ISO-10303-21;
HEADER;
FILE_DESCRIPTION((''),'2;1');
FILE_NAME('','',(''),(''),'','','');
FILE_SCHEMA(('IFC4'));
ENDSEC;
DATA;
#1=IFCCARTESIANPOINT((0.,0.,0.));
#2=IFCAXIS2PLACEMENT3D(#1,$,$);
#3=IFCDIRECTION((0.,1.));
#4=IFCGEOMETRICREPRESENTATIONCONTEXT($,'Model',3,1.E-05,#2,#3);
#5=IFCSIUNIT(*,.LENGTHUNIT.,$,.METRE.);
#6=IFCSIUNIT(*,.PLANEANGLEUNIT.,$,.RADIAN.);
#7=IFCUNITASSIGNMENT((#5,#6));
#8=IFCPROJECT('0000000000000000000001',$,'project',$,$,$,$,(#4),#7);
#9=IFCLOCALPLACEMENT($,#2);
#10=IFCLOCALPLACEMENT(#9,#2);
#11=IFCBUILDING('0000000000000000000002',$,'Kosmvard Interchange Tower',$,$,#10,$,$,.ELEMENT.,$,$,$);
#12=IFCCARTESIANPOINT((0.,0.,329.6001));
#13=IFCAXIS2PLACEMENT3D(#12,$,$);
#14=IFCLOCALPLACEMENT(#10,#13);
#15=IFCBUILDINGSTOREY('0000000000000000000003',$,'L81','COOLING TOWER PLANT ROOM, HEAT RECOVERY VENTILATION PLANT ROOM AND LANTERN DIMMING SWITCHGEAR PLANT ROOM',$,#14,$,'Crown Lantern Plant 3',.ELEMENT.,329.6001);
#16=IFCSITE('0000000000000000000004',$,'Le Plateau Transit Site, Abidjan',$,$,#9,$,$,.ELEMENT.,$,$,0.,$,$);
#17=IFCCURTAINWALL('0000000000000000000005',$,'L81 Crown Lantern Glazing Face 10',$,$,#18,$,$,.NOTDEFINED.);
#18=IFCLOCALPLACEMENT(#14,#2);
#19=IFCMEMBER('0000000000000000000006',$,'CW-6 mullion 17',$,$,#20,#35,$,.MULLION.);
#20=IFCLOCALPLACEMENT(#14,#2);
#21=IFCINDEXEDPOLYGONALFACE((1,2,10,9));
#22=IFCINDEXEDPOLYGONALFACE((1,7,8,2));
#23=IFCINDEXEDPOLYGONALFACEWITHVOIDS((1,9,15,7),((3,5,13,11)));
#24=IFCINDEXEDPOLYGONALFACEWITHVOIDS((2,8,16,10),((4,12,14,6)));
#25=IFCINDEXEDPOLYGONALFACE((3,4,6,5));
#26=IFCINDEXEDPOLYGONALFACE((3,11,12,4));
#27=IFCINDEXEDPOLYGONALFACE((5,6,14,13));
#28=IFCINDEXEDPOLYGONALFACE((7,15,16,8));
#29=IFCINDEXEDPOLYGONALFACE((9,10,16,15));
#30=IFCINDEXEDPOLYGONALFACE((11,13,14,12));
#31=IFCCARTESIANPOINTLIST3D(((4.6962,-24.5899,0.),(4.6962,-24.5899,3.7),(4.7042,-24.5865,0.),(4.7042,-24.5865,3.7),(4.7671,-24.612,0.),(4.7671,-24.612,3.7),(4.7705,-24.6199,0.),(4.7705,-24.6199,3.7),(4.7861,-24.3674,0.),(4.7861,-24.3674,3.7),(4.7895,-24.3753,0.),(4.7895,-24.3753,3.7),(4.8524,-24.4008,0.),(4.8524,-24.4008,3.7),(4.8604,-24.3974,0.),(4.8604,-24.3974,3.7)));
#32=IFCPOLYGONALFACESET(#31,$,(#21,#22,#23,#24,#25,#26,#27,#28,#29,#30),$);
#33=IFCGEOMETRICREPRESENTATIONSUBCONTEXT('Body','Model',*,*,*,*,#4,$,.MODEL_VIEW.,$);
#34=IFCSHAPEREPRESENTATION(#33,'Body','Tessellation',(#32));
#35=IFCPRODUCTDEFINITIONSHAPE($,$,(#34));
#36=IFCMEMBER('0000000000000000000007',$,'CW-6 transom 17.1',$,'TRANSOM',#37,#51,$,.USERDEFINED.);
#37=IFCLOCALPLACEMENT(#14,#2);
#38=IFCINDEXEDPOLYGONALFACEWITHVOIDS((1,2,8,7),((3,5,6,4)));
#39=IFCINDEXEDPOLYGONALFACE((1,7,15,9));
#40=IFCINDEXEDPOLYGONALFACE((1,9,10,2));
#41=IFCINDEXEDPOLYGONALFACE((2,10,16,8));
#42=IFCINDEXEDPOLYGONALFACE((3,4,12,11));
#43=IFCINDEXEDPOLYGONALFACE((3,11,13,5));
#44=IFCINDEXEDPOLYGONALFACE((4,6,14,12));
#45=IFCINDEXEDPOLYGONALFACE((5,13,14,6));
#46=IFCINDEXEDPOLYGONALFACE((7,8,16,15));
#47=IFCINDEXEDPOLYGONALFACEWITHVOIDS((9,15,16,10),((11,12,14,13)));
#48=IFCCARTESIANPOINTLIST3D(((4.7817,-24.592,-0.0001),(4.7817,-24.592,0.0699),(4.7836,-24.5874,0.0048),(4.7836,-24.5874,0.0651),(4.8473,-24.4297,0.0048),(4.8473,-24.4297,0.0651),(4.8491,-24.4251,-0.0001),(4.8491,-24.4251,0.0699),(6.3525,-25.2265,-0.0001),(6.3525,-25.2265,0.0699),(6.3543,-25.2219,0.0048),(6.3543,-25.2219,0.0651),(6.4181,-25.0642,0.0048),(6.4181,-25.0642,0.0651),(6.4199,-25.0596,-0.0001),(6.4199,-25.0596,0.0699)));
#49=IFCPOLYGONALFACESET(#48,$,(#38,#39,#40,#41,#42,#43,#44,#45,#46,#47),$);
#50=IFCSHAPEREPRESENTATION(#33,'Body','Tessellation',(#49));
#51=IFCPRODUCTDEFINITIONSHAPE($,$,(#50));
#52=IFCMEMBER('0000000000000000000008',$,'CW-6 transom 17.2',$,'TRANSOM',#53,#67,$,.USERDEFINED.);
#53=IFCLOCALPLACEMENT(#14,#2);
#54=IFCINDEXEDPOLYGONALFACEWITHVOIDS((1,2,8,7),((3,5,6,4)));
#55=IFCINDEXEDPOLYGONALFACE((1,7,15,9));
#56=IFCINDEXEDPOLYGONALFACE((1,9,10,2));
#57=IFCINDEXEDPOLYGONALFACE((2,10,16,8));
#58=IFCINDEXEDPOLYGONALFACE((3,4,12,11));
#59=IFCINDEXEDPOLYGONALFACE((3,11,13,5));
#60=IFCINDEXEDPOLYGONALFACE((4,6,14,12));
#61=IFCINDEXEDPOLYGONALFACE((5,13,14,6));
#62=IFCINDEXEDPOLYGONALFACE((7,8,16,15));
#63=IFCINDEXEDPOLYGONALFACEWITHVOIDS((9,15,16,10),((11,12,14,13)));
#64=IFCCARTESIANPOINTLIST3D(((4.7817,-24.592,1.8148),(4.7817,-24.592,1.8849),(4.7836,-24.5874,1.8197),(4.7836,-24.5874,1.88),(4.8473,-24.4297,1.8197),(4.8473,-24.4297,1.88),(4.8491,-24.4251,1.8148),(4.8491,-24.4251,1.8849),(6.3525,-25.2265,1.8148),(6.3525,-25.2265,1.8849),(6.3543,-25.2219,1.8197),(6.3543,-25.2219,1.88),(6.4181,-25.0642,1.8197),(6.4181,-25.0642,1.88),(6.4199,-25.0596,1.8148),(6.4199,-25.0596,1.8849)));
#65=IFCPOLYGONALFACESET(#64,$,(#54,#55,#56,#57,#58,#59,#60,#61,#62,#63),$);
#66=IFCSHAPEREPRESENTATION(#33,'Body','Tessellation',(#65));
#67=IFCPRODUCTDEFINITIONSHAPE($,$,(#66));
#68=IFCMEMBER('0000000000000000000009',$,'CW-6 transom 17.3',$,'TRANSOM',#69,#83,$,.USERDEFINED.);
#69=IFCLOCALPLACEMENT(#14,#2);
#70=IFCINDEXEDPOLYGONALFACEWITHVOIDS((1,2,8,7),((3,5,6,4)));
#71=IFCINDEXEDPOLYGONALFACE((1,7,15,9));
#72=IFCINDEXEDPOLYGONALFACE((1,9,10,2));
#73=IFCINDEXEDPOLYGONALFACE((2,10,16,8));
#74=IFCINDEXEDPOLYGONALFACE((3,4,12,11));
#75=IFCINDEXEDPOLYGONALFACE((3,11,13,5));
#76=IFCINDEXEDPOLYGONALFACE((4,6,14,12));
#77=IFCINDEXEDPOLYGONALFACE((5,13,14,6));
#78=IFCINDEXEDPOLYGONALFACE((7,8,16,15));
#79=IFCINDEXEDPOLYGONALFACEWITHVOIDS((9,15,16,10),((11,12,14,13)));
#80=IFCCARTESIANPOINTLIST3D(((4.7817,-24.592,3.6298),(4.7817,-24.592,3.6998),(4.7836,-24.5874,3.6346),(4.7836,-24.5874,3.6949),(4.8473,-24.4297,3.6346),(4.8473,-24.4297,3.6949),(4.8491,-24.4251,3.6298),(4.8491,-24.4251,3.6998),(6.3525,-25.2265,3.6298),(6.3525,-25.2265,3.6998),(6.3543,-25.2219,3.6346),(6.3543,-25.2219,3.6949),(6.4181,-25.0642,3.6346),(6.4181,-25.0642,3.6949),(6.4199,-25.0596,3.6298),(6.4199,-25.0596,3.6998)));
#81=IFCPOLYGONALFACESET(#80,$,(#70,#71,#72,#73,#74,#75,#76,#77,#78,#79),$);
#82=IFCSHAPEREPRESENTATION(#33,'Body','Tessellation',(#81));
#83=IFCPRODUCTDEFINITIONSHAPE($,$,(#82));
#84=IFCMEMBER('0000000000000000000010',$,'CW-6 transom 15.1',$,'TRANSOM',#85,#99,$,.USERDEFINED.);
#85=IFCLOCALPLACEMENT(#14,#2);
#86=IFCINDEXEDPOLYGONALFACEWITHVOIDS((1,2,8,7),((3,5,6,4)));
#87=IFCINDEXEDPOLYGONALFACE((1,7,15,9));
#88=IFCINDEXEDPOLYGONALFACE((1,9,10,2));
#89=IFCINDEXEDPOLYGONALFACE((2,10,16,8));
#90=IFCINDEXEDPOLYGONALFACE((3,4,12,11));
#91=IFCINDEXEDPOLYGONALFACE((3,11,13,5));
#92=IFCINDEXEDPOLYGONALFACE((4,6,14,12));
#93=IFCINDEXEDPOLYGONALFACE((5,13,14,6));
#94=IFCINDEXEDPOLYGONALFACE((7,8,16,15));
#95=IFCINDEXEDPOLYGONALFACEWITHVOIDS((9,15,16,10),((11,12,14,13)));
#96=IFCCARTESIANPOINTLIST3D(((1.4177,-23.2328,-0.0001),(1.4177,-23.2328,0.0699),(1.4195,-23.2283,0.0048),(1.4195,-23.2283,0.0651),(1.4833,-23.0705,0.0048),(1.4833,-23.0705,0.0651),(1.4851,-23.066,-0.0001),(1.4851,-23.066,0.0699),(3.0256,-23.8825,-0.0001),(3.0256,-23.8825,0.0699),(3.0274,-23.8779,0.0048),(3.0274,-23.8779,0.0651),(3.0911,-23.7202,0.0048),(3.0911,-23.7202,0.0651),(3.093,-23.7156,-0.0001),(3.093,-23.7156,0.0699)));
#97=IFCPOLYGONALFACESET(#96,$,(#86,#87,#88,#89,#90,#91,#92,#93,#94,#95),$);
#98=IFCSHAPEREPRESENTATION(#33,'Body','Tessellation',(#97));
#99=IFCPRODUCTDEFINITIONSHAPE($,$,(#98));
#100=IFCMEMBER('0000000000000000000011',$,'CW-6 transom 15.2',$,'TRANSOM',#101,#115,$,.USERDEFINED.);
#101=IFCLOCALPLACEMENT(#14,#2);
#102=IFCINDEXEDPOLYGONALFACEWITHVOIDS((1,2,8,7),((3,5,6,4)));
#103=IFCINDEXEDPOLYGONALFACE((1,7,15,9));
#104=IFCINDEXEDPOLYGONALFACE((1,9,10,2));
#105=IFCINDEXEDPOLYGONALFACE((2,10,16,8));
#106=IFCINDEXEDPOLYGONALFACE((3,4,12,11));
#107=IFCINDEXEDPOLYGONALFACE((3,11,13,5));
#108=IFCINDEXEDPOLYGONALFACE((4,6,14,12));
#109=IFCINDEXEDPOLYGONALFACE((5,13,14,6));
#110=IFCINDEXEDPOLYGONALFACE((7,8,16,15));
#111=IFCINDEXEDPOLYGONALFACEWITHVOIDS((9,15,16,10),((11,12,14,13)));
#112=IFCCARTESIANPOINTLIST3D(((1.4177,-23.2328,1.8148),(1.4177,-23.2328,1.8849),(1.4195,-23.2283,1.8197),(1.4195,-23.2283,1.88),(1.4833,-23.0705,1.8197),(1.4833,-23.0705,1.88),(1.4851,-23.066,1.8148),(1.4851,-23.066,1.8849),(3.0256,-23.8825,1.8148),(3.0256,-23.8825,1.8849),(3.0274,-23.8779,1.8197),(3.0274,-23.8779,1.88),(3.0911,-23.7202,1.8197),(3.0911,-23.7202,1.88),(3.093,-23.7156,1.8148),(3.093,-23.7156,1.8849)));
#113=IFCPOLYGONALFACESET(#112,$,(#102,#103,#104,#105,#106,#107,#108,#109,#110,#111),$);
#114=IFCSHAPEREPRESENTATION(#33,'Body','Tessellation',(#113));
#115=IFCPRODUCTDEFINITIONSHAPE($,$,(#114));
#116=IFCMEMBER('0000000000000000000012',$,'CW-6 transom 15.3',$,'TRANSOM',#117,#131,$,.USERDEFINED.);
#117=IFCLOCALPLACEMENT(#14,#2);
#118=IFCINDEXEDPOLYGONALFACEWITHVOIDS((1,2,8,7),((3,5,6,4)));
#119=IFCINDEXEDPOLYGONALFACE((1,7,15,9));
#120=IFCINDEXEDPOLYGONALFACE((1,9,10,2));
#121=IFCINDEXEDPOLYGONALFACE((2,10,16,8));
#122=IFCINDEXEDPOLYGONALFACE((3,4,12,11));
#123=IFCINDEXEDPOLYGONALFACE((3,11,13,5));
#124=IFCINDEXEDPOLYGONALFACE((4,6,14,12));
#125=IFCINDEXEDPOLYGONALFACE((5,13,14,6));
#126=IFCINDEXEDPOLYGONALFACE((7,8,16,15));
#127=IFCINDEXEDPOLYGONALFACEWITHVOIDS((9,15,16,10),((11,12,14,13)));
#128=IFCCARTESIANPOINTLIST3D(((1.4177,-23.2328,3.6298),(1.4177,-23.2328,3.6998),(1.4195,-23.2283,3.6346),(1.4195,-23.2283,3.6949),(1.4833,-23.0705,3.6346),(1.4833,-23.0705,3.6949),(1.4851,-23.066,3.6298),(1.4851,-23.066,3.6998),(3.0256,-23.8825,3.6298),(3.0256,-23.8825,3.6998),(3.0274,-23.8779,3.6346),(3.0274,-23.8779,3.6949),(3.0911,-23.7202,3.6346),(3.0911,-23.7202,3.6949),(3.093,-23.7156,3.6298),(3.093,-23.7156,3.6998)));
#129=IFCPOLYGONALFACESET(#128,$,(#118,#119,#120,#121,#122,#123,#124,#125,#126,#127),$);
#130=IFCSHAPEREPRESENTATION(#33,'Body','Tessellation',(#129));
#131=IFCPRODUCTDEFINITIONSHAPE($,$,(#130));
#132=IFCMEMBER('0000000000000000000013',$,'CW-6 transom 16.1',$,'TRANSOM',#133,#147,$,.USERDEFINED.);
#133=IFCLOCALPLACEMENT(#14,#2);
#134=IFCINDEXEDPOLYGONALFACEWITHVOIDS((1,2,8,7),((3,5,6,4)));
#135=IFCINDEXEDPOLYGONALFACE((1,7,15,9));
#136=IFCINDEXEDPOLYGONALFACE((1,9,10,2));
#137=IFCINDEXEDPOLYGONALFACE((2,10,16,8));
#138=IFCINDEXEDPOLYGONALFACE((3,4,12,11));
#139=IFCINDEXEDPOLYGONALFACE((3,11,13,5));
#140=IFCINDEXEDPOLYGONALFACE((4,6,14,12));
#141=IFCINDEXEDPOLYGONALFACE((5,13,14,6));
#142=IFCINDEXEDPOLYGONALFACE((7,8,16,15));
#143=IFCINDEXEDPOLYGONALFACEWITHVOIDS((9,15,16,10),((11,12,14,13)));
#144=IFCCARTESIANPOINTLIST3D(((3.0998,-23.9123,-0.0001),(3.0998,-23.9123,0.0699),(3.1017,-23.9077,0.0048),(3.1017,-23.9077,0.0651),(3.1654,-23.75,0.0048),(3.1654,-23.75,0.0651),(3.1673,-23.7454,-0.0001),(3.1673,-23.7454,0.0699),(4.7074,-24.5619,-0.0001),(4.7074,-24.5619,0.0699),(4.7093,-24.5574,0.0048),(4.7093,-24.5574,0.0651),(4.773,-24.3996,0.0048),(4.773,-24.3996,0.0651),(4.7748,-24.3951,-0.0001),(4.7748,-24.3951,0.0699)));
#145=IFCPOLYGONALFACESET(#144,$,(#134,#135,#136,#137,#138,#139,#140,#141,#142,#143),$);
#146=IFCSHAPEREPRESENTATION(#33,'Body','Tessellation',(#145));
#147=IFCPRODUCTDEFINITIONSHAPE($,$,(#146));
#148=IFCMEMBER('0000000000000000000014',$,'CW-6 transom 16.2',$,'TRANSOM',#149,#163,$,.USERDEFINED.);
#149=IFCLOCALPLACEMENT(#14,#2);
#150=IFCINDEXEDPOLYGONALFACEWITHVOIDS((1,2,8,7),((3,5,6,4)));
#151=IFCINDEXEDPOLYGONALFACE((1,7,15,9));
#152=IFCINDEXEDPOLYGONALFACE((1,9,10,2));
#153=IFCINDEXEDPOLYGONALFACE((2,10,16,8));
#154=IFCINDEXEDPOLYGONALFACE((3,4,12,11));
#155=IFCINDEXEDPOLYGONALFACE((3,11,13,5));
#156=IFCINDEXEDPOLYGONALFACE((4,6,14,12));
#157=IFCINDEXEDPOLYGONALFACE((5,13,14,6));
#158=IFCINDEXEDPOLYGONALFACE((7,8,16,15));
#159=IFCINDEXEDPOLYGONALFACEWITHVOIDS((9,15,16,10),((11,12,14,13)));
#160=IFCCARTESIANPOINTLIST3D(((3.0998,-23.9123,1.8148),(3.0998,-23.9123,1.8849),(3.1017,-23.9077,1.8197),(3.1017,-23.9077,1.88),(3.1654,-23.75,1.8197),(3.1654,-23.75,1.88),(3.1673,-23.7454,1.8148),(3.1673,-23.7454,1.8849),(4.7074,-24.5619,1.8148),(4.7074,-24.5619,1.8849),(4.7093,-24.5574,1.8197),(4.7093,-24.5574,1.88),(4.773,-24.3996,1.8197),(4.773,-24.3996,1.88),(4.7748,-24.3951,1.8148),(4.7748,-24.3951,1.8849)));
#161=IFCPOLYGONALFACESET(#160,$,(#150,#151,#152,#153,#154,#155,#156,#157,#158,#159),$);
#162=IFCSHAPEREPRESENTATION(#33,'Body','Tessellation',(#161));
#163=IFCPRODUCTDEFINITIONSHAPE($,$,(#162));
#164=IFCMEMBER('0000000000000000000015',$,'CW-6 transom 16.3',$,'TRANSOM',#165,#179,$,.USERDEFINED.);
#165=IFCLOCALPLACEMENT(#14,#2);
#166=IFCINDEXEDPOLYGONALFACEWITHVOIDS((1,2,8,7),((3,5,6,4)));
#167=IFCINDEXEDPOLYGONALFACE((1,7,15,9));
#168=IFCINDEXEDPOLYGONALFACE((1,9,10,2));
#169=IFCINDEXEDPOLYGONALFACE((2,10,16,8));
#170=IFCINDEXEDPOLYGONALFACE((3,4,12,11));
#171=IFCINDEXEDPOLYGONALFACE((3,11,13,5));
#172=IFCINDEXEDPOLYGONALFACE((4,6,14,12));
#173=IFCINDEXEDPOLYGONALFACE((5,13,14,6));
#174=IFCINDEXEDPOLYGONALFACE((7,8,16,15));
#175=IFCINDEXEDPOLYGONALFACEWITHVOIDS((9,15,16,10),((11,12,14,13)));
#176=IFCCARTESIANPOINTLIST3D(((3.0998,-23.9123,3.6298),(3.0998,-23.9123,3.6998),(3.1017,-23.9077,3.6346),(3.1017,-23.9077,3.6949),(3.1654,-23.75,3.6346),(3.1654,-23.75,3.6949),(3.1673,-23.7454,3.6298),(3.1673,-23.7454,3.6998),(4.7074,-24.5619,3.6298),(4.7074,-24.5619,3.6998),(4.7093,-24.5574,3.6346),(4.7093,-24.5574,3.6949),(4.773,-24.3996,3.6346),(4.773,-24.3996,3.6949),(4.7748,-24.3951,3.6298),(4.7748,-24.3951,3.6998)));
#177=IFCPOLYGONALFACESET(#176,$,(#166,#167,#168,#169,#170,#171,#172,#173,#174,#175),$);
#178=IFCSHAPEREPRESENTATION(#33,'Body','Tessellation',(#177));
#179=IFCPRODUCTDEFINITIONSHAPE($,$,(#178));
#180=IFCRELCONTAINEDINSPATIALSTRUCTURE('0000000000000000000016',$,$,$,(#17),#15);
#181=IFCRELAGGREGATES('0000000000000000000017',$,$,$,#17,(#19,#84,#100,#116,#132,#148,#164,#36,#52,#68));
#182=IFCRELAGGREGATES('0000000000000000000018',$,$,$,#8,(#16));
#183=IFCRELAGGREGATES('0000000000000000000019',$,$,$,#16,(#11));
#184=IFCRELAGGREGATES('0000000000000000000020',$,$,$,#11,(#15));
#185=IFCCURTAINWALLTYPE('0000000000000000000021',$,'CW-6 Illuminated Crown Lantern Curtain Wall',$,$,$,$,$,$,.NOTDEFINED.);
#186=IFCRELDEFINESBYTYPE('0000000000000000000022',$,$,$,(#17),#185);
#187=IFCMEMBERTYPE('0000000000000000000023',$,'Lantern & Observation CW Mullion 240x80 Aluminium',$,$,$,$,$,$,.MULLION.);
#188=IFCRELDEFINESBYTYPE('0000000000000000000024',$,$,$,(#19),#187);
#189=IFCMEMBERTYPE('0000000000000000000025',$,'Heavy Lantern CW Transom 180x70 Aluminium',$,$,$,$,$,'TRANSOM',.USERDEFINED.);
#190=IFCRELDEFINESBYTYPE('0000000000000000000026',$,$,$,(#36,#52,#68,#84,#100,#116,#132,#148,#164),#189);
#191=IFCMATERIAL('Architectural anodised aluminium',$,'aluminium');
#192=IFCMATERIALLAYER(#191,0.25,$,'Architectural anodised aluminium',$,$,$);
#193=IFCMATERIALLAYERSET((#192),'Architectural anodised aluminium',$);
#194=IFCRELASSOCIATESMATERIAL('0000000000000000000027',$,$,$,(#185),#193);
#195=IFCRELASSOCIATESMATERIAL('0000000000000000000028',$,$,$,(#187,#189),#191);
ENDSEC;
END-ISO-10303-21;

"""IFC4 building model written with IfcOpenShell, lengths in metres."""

from ifc_helpers import new_model, si_unit, direction, frame, origin, origin_2d, place, context, subcontext, project, spatial, hollow_rectangle, extrude, source, transform, mapped, material, layer, layer_set, material_profile, profile_set, type_object, element, aggregate, save


model = new_model("IFC4")

# Units and contexts
model_context = context("Model", 3, precision=1e-05, world=origin(), true_north=direction((0.0, 1.0)))
body_context = subcontext(model_context, "Body", "Model", "MODEL_VIEW")
ifc_project = project(units=[si_unit("LENGTHUNIT", "METRE"), si_unit("PLANEANGLEUNIT", "RADIAN")], contexts=[model_context])

# Site, building, storey
site_placement = place(None, origin())
site = spatial("IfcSite", under=ifc_project, at=site_placement, Name="Le Plateau Transit Site, Abidjan", CompositionType="ELEMENT", RefElevation=0.0)
building_placement = place(site_placement, origin())
building = spatial("IfcBuilding", under=site, at=building_placement, Name="Kosmvard Interchange Tower", CompositionType="ELEMENT")
storey_placement = place(building_placement, frame((0.0, 0.0, 329.6001)))
storey = spatial("IfcBuildingStorey", under=building, at=storey_placement, Name="L81", Description="COOLING TOWER PLANT ROOM, HEAT RECOVERY VENTILATION PLANT ROOM AND LANTERN DIMMING SWITCHGEAR PLANT ROOM", LongName="Crown Lantern Plant 3", CompositionType="ELEMENT", Elevation=329.6001)

# Curtain wall, members
ifc_material_1 = material(Name="Architectural anodised aluminium", Category="aluminium")
ifc_layer_1 = layer(ifc_material_1, 0.25, Name="Architectural anodised aluminium")
ifc_layer_set_1 = layer_set([ifc_layer_1], Name="Architectural anodised aluminium")
curtain_wall_type = type_object("IfcCurtainWallType", Name="CW-6 Illuminated Crown Lantern Curtain Wall", PredefinedType="NOTDEFINED", material=ifc_layer_set_1)
curtain_wall_placement = place(storey_placement, origin())
curtain_wall = element("IfcCurtainWall", 1, at=curtain_wall_placement, inside=storey, type_object=curtain_wall_type, Name="L81 Crown Lantern Glazing Face 10", PredefinedType="NOTDEFINED")
ifc_material_profile_1 = material_profile(ifc_material_1, hollow_rectangle(XDim=0.24, YDim=0.0801, WallThickness=0.0061, at=origin_2d()), Name="CWM 240x80x6")
ifc_profile_set_1 = profile_set([ifc_material_profile_1], Name="Architectural anodised aluminium")
member_type_1 = type_object("IfcMemberType", Name="Lantern & Observation CW Mullion 240x80 Aluminium", PredefinedType="MULLION", material=ifc_profile_set_1)
shared_shape_1 = source(origin(), body_context, "Body", "SweptSolid", [
    extrude(hollow_rectangle(XDim=0.24, YDim=0.0801, WallThickness=0.0061, at=origin_2d()), origin(), (0.0, 0.0, 1.0), 3.7),
])
member_1_placement = place(storey_placement, frame((4.7783, -24.4937, 0.0), z_axis=(0.0, 0.0, 1.0), x_axis=(0.374607, 0.927184, 0.0)))
member_1 = element("IfcMember", 2, at=member_1_placement, type_object=member_type_1, Name="CW-6 mullion 17", PredefinedType="MULLION", context=body_context, shape_type="MappedRepresentation", body=[
    mapped(shared_shape_1, transform((0.0, 0.0, 0.0), scale=1.0)),
])
ifc_material_profile_2 = material_profile(ifc_material_1, hollow_rectangle(XDim=0.1799, YDim=0.0701, WallThickness=0.0049, at=origin_2d()), Name="CWT 180x70x5")
ifc_profile_set_2 = profile_set([ifc_material_profile_2], Name="Architectural anodised aluminium")
member_type_2 = type_object("IfcMemberType", Name="Heavy Lantern CW Transom 180x70 Aluminium", ElementType="TRANSOM", PredefinedType="USERDEFINED", material=ifc_profile_set_2)
shared_shape_2 = source(origin(), body_context, "Body", "SweptSolid", [
    extrude(hollow_rectangle(XDim=0.1799, YDim=0.0701, WallThickness=0.0049, at=origin_2d()), origin(), (0.0, 0.0, 1.0), 1.6941),
])
member_2_placement = place(storey_placement, frame((4.8154, -24.5085, 0.0349), z_axis=(0.927209, -0.374544, 0.0), x_axis=(0.374544, 0.927209, 0.0)))
member_2 = element("IfcMember", 3, at=member_2_placement, type_object=member_type_2, Name="CW-6 transom 17.1", ObjectType="TRANSOM", PredefinedType="USERDEFINED", context=body_context, shape_type="MappedRepresentation", body=[
    mapped(shared_shape_2, transform((0.0, 0.0, 0.0), scale=1.0)),
])
member_3_placement = place(storey_placement, frame((4.8154, -24.5085, 1.8499), z_axis=(0.927209, -0.374544, 0.0), x_axis=(0.374544, 0.927209, 0.0)))
member_3 = element("IfcMember", 4, at=member_3_placement, type_object=member_type_2, Name="CW-6 transom 17.2", ObjectType="TRANSOM", PredefinedType="USERDEFINED", context=body_context, shape_type="MappedRepresentation", body=[
    mapped(shared_shape_2, transform((0.0, 0.0, 0.0), scale=1.0)),
])
member_4_placement = place(storey_placement, frame((4.8154, -24.5085, 3.6648), z_axis=(0.927209, -0.374544, 0.0), x_axis=(0.374544, 0.927209, 0.0)))
member_4 = element("IfcMember", 5, at=member_4_placement, type_object=member_type_2, Name="CW-6 transom 17.3", ObjectType="TRANSOM", PredefinedType="USERDEFINED", context=body_context, shape_type="MappedRepresentation", body=[
    mapped(shared_shape_2, transform((0.0, 0.0, 0.0), scale=1.0)),
])
shared_shape_3 = source(origin(), body_context, "Body", "SweptSolid", [
    extrude(hollow_rectangle(XDim=0.1799, YDim=0.0701, WallThickness=0.0049, at=origin_2d()), origin(), (0.0, 0.0, 1.0), 1.7341),
])
member_5_placement = place(storey_placement, frame((1.4514, -23.1494, 0.0349), z_axis=(0.92718, -0.374617, 0.0), x_axis=(0.374617, 0.92718, 0.0)))
member_5 = element("IfcMember", 6, at=member_5_placement, type_object=member_type_2, Name="CW-6 transom 15.1", ObjectType="TRANSOM", PredefinedType="USERDEFINED", context=body_context, shape_type="MappedRepresentation", body=[
    mapped(shared_shape_3, transform((0.0, 0.0, 0.0), scale=1.0)),
])
member_6_placement = place(storey_placement, frame((1.4514, -23.1494, 1.8499), z_axis=(0.92718, -0.374617, 0.0), x_axis=(0.374617, 0.92718, 0.0)))
member_6 = element("IfcMember", 7, at=member_6_placement, type_object=member_type_2, Name="CW-6 transom 15.2", ObjectType="TRANSOM", PredefinedType="USERDEFINED", context=body_context, shape_type="MappedRepresentation", body=[
    mapped(shared_shape_3, transform((0.0, 0.0, 0.0), scale=1.0)),
])
member_7_placement = place(storey_placement, frame((1.4514, -23.1494, 3.6648), z_axis=(0.92718, -0.374617, 0.0), x_axis=(0.374617, 0.92718, 0.0)))
member_7 = element("IfcMember", 8, at=member_7_placement, type_object=member_type_2, Name="CW-6 transom 15.3", ObjectType="TRANSOM", PredefinedType="USERDEFINED", context=body_context, shape_type="MappedRepresentation", body=[
    mapped(shared_shape_3, transform((0.0, 0.0, 0.0), scale=1.0)),
])
shared_shape_4 = source(origin(), body_context, "Body", "SweptSolid", [
    extrude(hollow_rectangle(XDim=0.1799, YDim=0.0701, WallThickness=0.0049, at=origin_2d()), origin(), (0.0, 0.0, 1.0), 1.7339),
])
member_8_placement = place(storey_placement, frame((3.1335, -23.8289, 0.0349), z_axis=(0.92716, -0.374666, 0.0), x_axis=(0.374666, 0.92716, 0.0)))
member_8 = element("IfcMember", 9, at=member_8_placement, type_object=member_type_2, Name="CW-6 transom 16.1", ObjectType="TRANSOM", PredefinedType="USERDEFINED", context=body_context, shape_type="MappedRepresentation", body=[
    mapped(shared_shape_4, transform((0.0, 0.0, 0.0), scale=1.0)),
])
member_9_placement = place(storey_placement, frame((3.1335, -23.8289, 1.8499), z_axis=(0.92716, -0.374666, 0.0), x_axis=(0.374666, 0.92716, 0.0)))
member_9 = element("IfcMember", 10, at=member_9_placement, type_object=member_type_2, Name="CW-6 transom 16.2", ObjectType="TRANSOM", PredefinedType="USERDEFINED", context=body_context, shape_type="MappedRepresentation", body=[
    mapped(shared_shape_4, transform((0.0, 0.0, 0.0), scale=1.0)),
])
member_10_placement = place(storey_placement, frame((3.1335, -23.8289, 3.6648), z_axis=(0.92716, -0.374666, 0.0), x_axis=(0.374666, 0.92716, 0.0)))
member_10 = element("IfcMember", 11, at=member_10_placement, type_object=member_type_2, Name="CW-6 transom 16.3", ObjectType="TRANSOM", PredefinedType="USERDEFINED", context=body_context, shape_type="MappedRepresentation", body=[
    mapped(shared_shape_4, transform((0.0, 0.0, 0.0), scale=1.0)),
])

aggregate(curtain_wall, [member_1, member_5, member_6, member_7, member_8, member_9, member_10, member_2, member_3, member_4])

save(model, "model.ifc")
